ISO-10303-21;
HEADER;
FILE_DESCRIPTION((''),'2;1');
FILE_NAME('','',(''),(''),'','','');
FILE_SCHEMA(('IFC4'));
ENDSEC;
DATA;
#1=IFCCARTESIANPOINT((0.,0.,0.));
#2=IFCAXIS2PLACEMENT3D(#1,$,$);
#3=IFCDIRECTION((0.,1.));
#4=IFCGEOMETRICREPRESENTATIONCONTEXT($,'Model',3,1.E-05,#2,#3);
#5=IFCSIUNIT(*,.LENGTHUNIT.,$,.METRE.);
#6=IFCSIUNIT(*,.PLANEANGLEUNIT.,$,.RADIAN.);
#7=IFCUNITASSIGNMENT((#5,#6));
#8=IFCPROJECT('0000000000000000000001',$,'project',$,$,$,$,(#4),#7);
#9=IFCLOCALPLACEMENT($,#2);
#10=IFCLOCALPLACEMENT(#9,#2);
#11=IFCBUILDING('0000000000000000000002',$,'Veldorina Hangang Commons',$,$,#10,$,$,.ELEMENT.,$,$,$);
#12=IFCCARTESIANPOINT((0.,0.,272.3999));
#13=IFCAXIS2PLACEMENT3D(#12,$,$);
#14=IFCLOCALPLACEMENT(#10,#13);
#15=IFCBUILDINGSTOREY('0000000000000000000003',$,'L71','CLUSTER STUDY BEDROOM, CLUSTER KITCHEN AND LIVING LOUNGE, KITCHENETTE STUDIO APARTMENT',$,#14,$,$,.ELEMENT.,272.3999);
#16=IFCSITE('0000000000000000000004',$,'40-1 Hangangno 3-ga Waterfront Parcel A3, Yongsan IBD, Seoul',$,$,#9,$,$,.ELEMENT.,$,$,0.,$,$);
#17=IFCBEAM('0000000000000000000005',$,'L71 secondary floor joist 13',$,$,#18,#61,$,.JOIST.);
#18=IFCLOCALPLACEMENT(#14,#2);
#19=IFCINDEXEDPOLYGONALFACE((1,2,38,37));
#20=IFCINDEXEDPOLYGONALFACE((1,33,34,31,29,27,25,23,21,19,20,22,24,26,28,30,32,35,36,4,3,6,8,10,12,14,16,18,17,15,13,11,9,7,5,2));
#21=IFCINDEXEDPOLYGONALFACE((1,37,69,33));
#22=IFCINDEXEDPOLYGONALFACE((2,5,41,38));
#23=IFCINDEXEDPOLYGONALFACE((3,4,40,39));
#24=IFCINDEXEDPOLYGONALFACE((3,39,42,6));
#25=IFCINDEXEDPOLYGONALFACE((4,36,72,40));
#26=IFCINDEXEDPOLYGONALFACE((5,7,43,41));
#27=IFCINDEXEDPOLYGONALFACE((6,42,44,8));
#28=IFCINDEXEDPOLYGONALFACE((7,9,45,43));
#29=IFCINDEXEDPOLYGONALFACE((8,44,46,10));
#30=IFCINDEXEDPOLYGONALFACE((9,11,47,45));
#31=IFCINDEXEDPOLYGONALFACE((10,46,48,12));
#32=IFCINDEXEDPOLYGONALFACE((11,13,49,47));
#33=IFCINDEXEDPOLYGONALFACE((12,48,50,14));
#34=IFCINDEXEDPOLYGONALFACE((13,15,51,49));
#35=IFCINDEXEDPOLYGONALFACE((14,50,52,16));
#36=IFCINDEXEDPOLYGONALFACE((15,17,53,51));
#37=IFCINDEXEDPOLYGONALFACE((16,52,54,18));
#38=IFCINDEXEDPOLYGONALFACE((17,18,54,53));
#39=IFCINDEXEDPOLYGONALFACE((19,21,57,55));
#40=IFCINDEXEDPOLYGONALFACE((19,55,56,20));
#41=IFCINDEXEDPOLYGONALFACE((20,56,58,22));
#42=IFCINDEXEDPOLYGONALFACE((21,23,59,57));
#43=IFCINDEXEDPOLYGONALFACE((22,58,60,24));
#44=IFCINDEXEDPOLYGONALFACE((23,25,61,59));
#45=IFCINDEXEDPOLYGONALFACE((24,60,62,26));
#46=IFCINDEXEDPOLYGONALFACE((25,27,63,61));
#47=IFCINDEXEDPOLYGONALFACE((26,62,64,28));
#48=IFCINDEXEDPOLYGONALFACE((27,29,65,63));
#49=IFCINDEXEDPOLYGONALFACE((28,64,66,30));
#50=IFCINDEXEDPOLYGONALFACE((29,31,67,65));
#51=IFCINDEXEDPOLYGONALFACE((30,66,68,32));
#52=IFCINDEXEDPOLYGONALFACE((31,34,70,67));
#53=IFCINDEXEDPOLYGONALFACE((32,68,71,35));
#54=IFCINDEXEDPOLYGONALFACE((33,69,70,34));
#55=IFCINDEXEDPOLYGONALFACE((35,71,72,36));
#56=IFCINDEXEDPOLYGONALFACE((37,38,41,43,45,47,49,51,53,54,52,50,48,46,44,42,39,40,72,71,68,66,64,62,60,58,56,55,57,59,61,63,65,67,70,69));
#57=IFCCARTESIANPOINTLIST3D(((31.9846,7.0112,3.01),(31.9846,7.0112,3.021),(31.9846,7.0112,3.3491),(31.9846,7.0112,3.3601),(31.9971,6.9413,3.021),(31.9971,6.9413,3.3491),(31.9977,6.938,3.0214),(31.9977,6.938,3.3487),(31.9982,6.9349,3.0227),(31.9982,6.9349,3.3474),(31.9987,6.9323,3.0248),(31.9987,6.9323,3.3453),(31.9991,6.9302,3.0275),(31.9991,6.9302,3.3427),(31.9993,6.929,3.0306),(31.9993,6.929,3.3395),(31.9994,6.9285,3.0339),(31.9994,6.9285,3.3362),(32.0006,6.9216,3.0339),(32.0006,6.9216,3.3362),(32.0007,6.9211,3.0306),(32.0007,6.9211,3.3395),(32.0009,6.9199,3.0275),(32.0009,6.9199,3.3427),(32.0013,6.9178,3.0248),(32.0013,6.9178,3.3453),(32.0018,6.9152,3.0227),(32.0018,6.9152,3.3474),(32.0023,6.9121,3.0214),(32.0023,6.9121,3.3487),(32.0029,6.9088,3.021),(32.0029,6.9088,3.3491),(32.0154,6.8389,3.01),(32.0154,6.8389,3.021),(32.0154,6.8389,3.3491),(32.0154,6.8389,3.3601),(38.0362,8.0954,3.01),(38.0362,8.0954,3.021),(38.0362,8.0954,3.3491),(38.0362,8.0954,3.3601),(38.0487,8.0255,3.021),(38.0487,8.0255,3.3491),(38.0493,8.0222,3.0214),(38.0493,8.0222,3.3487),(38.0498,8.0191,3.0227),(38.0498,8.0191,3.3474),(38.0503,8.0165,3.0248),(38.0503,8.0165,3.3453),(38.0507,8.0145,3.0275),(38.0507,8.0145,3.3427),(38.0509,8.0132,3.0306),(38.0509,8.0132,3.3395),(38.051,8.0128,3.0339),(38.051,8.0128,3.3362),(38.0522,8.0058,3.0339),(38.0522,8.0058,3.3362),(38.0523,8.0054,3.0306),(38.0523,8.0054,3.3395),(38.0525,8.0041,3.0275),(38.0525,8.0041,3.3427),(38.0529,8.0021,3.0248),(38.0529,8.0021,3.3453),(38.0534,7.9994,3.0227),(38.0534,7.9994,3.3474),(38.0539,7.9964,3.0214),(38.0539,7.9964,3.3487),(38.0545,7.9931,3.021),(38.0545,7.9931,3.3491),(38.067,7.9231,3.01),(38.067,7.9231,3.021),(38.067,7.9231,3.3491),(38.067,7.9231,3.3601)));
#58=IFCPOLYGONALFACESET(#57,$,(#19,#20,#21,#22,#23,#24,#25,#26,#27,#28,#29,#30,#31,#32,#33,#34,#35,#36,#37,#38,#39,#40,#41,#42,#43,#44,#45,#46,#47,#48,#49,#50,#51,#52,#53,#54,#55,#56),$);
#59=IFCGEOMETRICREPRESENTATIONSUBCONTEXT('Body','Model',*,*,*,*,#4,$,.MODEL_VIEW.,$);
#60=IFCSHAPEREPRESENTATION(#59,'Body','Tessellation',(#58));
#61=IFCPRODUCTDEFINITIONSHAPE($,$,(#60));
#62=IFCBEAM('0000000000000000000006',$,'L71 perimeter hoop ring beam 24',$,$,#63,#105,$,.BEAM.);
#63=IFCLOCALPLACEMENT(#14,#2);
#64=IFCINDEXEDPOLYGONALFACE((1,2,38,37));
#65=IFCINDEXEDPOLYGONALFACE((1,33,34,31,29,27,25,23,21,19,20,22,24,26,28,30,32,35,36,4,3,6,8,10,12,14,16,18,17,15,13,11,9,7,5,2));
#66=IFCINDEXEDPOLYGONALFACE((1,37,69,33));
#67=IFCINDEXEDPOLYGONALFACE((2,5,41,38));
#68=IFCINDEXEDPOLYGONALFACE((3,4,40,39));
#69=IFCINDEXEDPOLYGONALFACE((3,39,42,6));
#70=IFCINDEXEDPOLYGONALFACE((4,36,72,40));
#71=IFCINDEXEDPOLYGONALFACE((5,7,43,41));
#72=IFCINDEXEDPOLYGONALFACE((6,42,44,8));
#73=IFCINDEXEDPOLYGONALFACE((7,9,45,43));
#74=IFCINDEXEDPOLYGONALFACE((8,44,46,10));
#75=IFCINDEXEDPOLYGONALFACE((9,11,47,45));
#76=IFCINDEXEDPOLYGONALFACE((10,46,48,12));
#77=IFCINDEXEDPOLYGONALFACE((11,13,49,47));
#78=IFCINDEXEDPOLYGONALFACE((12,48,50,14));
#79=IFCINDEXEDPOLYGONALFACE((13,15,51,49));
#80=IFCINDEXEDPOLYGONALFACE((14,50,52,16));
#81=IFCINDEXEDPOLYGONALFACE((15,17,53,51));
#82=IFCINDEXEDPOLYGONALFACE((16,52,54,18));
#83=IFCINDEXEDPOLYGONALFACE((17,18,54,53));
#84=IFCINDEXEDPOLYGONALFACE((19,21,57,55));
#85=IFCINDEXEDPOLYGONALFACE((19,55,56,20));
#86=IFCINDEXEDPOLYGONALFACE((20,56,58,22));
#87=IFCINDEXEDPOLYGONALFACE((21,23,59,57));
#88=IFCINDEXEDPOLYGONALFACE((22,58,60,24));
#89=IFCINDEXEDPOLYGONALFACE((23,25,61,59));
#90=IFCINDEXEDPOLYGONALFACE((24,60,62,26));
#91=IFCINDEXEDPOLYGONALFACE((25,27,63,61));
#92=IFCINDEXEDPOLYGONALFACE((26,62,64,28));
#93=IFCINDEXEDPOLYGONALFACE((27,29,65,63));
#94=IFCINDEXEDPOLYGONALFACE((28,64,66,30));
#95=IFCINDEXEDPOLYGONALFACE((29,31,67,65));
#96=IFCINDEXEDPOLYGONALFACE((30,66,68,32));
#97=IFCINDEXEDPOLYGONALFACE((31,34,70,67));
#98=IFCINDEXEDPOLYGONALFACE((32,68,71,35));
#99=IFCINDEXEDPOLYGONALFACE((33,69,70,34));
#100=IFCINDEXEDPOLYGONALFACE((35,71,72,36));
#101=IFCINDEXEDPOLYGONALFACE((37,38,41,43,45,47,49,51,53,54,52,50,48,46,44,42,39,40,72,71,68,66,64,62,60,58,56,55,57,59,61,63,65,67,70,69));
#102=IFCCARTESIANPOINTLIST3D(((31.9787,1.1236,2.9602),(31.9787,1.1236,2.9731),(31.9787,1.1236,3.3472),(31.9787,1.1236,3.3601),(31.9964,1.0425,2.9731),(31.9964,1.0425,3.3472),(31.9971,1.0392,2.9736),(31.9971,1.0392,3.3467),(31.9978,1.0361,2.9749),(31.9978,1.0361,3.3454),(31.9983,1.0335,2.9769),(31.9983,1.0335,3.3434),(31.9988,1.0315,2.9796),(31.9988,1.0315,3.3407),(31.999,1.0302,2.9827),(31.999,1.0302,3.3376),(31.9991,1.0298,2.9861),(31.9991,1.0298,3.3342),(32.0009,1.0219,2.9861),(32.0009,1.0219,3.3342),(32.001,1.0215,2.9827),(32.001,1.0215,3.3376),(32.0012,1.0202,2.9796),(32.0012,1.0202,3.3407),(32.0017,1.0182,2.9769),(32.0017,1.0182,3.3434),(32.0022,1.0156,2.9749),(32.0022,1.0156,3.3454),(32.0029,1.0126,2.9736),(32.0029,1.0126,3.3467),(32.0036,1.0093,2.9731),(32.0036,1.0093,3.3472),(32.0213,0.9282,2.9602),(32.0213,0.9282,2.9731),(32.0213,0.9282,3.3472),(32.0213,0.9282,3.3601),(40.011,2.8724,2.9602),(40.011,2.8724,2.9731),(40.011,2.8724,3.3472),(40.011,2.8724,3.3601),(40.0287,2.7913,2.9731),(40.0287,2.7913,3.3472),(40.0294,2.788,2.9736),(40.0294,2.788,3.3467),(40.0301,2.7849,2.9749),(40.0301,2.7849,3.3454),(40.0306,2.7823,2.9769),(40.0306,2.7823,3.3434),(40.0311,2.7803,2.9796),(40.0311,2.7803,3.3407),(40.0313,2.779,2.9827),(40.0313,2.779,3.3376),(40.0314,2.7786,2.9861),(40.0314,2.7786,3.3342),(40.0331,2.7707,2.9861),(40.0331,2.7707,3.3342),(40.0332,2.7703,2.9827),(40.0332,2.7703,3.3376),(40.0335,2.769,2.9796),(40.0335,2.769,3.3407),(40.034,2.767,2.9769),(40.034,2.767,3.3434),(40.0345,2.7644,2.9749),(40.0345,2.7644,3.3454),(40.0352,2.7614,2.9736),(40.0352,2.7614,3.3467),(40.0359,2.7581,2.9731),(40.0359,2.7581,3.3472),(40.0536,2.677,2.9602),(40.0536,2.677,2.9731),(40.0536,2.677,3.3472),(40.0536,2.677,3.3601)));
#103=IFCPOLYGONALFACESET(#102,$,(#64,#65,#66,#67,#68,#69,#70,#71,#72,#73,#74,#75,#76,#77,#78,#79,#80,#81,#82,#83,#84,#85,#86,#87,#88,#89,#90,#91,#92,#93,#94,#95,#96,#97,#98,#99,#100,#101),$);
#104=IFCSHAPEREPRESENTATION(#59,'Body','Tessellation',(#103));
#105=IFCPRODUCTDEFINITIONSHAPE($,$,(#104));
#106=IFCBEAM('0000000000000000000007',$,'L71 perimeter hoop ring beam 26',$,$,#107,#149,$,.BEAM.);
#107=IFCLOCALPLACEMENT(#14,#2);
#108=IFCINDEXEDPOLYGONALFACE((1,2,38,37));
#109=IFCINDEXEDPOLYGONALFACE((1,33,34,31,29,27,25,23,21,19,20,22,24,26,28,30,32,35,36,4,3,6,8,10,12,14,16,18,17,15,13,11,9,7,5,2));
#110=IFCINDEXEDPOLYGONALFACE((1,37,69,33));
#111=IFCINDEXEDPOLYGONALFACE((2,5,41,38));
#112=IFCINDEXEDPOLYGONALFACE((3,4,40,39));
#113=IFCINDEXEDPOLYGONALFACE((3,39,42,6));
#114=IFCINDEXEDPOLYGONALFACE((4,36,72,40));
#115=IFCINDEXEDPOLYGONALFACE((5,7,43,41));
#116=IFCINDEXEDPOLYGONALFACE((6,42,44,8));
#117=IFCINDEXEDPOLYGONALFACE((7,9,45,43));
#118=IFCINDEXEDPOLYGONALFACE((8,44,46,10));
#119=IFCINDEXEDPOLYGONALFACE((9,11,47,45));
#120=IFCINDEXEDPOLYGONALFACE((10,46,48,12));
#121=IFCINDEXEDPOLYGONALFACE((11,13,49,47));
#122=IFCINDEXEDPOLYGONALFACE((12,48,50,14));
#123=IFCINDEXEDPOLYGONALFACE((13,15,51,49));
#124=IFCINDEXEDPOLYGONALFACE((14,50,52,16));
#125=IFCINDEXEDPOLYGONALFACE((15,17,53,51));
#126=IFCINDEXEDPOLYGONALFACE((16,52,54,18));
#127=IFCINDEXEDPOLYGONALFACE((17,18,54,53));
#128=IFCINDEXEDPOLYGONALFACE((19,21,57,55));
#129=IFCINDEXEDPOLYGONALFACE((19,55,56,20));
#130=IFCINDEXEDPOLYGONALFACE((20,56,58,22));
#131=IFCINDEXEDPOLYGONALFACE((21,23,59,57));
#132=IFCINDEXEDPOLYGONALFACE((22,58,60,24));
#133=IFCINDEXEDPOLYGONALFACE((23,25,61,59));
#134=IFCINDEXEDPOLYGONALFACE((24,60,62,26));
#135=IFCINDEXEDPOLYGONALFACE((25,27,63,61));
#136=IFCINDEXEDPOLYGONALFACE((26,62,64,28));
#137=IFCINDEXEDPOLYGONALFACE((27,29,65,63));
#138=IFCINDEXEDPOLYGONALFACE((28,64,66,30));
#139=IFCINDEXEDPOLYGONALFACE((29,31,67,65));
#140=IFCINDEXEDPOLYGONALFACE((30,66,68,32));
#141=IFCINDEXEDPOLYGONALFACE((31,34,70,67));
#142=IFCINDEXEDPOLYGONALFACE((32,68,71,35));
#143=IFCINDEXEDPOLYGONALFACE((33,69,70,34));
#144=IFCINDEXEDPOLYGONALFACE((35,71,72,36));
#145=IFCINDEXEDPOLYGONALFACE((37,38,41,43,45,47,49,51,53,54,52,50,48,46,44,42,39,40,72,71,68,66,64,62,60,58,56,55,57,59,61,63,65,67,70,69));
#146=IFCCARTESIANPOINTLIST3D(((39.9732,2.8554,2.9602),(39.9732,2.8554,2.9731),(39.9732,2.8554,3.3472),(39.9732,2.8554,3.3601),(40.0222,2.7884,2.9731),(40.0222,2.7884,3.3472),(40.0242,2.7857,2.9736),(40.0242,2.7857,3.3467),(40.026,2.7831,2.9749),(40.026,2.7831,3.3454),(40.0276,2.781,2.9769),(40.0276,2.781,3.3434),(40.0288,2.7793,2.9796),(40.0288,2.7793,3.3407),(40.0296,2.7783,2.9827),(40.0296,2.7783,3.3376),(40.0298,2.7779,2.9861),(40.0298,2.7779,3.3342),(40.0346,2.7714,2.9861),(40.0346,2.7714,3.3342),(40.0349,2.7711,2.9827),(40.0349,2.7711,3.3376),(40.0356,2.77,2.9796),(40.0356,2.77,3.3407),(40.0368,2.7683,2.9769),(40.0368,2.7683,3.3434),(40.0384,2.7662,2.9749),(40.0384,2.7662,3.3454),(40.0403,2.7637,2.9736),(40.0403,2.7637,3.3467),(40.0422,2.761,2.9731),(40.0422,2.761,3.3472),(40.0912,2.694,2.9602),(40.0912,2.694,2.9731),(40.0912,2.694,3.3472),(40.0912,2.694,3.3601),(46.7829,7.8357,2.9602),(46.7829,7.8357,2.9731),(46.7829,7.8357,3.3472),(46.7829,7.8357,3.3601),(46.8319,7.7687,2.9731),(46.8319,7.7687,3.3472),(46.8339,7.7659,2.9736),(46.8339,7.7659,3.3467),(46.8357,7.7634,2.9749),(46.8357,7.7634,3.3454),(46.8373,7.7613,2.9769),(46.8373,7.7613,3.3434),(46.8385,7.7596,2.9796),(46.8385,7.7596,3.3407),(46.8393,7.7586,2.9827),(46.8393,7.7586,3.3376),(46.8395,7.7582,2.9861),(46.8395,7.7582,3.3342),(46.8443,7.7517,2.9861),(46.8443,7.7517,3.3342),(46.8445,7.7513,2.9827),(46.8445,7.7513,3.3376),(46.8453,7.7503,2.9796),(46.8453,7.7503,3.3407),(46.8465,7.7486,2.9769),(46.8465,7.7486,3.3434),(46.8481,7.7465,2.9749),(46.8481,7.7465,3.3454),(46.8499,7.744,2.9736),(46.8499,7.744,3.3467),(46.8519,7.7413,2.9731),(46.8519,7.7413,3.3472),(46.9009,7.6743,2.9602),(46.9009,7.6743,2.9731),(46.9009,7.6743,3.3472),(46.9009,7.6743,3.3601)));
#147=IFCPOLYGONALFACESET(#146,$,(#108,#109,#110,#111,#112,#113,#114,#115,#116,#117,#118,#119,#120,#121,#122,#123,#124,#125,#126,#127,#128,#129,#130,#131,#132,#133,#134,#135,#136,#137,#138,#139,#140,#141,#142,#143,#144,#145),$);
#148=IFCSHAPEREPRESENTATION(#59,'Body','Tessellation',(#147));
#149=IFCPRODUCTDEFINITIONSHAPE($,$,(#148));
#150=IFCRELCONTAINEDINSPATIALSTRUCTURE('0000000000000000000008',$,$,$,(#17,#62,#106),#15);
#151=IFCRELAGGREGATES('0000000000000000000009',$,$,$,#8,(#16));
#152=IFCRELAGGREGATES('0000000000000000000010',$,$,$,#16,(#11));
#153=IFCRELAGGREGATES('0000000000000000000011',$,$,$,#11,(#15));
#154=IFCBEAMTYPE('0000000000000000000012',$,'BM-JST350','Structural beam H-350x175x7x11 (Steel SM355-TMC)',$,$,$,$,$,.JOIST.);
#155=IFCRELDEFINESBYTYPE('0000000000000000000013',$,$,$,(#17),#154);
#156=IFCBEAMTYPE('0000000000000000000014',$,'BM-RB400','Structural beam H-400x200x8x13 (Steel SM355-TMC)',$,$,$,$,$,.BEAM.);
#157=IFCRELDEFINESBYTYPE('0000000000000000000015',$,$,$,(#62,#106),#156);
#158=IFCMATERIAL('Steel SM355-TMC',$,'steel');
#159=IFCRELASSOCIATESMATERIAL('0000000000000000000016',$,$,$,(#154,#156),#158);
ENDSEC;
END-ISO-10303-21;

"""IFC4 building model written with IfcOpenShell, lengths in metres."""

from ifc_helpers import new_model, si_unit, direction, frame, origin, origin_2d, place, context, subcontext, project, spatial, i_section, extrude, material, material_profile, profile_set, type_object, element, save


model = new_model("IFC4")

# Units and contexts
model_context = context("Model", 3, precision=1e-05, world=origin(), true_north=direction((0.0, 1.0)))
body_context = subcontext(model_context, "Body", "Model", "MODEL_VIEW")
ifc_project = project(units=[si_unit("LENGTHUNIT", "METRE"), si_unit("PLANEANGLEUNIT", "RADIAN")], contexts=[model_context])

# Site, building, storey
site_placement = place(None, origin())
site = spatial("IfcSite", under=ifc_project, at=site_placement, Name="40-1 Hangangno 3-ga Waterfront Parcel A3, Yongsan IBD, Seoul", CompositionType="ELEMENT", RefElevation=0.0)
building_placement = place(site_placement, origin())
building = spatial("IfcBuilding", under=site, at=building_placement, Name="Veldorina Hangang Commons", CompositionType="ELEMENT")
storey_placement = place(building_placement, frame((0.0, 0.0, 272.3999)))
storey = spatial("IfcBuildingStorey", under=building, at=storey_placement, Name="L71", Description="CLUSTER STUDY BEDROOM, CLUSTER KITCHEN AND LIVING LOUNGE, KITCHENETTE STUDIO APARTMENT", CompositionType="ELEMENT", Elevation=272.3999)

# Beams
ifc_material_1 = material(Name="Steel SM355-TMC", Category="steel")
ifc_material_profile_1 = material_profile(ifc_material_1, i_section(OverallWidth=0.175, OverallDepth=0.3501, WebThickness=0.0071, FlangeThickness=0.011, FilletRadius=0.0129, at=origin_2d()), Name="H-350x175x7x11")
ifc_profile_set_1 = profile_set([ifc_material_profile_1], Name="Steel SM355-TMC")
beam_type_1 = type_object("IfcBeamType", Name="BM-JST350", Description="Structural beam H-350x175x7x11 (Steel SM355-TMC)", PredefinedType="JOIST", material=ifc_profile_set_1)
beam_1_placement = place(storey_placement, frame((32.0, 6.925, 3.1851), z_axis=(0.984326, 0.176358, 0.0), x_axis=(-0.176358, 0.984326, 0.0)))
element("IfcBeam", 1, at=beam_1_placement, inside=storey, type_object=beam_type_1, Name="L71 secondary floor joist 13", PredefinedType="JOIST", context=body_context, shape_type="SweptSolid", body=[
    extrude(i_section(OverallWidth=0.175, OverallDepth=0.3501, WebThickness=0.0071, FlangeThickness=0.011, FilletRadius=0.0129, at=origin_2d()), origin(), (0.0, 0.0, 1.0), 6.1479),
])
ifc_material_profile_2 = material_profile(ifc_material_1, i_section(OverallWidth=0.2, OverallDepth=0.3999, WebThickness=0.0081, FlangeThickness=0.0129, FilletRadius=0.0129, at=origin_2d()), Name="H-400x200x8x13")
ifc_profile_set_2 = profile_set([ifc_material_profile_2], Name="Steel SM355-TMC")
beam_type_2 = type_object("IfcBeamType", Name="BM-RB400", Description="Structural beam H-400x200x8x13 (Steel SM355-TMC)", PredefinedType="BEAM", material=ifc_profile_set_2)
beam_2_placement = place(storey_placement, frame((32.0, 1.0259, 3.1602), z_axis=(0.97711, 0.212737, 0.0), x_axis=(-0.212737, 0.97711, 0.0)))
element("IfcBeam", 2, at=beam_2_placement, inside=storey, type_object=beam_type_2, Name="L71 perimeter hoop ring beam 24", PredefinedType="BEAM", context=body_context, shape_type="SweptSolid", body=[
    extrude(i_section(OverallWidth=0.2, OverallDepth=0.3999, WebThickness=0.0081, FlangeThickness=0.0129, FilletRadius=0.0129, at=origin_2d()), origin(), (0.0, 0.0, 1.0), 8.2205),
])
beam_3_placement = place(storey_placement, frame((40.0322, 2.7747, 3.1602), z_axis=(0.807165, 0.590326, 0.0), x_axis=(-0.590326, 0.807165, 0.0)))
element("IfcBeam", 3, at=beam_3_placement, inside=storey, type_object=beam_type_2, Name="L71 perimeter hoop ring beam 26", PredefinedType="BEAM", context=body_context, shape_type="SweptSolid", body=[
    extrude(i_section(OverallWidth=0.2, OverallDepth=0.3999, WebThickness=0.0081, FlangeThickness=0.0129, FilletRadius=0.0129, at=origin_2d()), origin(), (0.0, 0.0, 1.0), 8.4365),
])

save(model, "model.ifc")
